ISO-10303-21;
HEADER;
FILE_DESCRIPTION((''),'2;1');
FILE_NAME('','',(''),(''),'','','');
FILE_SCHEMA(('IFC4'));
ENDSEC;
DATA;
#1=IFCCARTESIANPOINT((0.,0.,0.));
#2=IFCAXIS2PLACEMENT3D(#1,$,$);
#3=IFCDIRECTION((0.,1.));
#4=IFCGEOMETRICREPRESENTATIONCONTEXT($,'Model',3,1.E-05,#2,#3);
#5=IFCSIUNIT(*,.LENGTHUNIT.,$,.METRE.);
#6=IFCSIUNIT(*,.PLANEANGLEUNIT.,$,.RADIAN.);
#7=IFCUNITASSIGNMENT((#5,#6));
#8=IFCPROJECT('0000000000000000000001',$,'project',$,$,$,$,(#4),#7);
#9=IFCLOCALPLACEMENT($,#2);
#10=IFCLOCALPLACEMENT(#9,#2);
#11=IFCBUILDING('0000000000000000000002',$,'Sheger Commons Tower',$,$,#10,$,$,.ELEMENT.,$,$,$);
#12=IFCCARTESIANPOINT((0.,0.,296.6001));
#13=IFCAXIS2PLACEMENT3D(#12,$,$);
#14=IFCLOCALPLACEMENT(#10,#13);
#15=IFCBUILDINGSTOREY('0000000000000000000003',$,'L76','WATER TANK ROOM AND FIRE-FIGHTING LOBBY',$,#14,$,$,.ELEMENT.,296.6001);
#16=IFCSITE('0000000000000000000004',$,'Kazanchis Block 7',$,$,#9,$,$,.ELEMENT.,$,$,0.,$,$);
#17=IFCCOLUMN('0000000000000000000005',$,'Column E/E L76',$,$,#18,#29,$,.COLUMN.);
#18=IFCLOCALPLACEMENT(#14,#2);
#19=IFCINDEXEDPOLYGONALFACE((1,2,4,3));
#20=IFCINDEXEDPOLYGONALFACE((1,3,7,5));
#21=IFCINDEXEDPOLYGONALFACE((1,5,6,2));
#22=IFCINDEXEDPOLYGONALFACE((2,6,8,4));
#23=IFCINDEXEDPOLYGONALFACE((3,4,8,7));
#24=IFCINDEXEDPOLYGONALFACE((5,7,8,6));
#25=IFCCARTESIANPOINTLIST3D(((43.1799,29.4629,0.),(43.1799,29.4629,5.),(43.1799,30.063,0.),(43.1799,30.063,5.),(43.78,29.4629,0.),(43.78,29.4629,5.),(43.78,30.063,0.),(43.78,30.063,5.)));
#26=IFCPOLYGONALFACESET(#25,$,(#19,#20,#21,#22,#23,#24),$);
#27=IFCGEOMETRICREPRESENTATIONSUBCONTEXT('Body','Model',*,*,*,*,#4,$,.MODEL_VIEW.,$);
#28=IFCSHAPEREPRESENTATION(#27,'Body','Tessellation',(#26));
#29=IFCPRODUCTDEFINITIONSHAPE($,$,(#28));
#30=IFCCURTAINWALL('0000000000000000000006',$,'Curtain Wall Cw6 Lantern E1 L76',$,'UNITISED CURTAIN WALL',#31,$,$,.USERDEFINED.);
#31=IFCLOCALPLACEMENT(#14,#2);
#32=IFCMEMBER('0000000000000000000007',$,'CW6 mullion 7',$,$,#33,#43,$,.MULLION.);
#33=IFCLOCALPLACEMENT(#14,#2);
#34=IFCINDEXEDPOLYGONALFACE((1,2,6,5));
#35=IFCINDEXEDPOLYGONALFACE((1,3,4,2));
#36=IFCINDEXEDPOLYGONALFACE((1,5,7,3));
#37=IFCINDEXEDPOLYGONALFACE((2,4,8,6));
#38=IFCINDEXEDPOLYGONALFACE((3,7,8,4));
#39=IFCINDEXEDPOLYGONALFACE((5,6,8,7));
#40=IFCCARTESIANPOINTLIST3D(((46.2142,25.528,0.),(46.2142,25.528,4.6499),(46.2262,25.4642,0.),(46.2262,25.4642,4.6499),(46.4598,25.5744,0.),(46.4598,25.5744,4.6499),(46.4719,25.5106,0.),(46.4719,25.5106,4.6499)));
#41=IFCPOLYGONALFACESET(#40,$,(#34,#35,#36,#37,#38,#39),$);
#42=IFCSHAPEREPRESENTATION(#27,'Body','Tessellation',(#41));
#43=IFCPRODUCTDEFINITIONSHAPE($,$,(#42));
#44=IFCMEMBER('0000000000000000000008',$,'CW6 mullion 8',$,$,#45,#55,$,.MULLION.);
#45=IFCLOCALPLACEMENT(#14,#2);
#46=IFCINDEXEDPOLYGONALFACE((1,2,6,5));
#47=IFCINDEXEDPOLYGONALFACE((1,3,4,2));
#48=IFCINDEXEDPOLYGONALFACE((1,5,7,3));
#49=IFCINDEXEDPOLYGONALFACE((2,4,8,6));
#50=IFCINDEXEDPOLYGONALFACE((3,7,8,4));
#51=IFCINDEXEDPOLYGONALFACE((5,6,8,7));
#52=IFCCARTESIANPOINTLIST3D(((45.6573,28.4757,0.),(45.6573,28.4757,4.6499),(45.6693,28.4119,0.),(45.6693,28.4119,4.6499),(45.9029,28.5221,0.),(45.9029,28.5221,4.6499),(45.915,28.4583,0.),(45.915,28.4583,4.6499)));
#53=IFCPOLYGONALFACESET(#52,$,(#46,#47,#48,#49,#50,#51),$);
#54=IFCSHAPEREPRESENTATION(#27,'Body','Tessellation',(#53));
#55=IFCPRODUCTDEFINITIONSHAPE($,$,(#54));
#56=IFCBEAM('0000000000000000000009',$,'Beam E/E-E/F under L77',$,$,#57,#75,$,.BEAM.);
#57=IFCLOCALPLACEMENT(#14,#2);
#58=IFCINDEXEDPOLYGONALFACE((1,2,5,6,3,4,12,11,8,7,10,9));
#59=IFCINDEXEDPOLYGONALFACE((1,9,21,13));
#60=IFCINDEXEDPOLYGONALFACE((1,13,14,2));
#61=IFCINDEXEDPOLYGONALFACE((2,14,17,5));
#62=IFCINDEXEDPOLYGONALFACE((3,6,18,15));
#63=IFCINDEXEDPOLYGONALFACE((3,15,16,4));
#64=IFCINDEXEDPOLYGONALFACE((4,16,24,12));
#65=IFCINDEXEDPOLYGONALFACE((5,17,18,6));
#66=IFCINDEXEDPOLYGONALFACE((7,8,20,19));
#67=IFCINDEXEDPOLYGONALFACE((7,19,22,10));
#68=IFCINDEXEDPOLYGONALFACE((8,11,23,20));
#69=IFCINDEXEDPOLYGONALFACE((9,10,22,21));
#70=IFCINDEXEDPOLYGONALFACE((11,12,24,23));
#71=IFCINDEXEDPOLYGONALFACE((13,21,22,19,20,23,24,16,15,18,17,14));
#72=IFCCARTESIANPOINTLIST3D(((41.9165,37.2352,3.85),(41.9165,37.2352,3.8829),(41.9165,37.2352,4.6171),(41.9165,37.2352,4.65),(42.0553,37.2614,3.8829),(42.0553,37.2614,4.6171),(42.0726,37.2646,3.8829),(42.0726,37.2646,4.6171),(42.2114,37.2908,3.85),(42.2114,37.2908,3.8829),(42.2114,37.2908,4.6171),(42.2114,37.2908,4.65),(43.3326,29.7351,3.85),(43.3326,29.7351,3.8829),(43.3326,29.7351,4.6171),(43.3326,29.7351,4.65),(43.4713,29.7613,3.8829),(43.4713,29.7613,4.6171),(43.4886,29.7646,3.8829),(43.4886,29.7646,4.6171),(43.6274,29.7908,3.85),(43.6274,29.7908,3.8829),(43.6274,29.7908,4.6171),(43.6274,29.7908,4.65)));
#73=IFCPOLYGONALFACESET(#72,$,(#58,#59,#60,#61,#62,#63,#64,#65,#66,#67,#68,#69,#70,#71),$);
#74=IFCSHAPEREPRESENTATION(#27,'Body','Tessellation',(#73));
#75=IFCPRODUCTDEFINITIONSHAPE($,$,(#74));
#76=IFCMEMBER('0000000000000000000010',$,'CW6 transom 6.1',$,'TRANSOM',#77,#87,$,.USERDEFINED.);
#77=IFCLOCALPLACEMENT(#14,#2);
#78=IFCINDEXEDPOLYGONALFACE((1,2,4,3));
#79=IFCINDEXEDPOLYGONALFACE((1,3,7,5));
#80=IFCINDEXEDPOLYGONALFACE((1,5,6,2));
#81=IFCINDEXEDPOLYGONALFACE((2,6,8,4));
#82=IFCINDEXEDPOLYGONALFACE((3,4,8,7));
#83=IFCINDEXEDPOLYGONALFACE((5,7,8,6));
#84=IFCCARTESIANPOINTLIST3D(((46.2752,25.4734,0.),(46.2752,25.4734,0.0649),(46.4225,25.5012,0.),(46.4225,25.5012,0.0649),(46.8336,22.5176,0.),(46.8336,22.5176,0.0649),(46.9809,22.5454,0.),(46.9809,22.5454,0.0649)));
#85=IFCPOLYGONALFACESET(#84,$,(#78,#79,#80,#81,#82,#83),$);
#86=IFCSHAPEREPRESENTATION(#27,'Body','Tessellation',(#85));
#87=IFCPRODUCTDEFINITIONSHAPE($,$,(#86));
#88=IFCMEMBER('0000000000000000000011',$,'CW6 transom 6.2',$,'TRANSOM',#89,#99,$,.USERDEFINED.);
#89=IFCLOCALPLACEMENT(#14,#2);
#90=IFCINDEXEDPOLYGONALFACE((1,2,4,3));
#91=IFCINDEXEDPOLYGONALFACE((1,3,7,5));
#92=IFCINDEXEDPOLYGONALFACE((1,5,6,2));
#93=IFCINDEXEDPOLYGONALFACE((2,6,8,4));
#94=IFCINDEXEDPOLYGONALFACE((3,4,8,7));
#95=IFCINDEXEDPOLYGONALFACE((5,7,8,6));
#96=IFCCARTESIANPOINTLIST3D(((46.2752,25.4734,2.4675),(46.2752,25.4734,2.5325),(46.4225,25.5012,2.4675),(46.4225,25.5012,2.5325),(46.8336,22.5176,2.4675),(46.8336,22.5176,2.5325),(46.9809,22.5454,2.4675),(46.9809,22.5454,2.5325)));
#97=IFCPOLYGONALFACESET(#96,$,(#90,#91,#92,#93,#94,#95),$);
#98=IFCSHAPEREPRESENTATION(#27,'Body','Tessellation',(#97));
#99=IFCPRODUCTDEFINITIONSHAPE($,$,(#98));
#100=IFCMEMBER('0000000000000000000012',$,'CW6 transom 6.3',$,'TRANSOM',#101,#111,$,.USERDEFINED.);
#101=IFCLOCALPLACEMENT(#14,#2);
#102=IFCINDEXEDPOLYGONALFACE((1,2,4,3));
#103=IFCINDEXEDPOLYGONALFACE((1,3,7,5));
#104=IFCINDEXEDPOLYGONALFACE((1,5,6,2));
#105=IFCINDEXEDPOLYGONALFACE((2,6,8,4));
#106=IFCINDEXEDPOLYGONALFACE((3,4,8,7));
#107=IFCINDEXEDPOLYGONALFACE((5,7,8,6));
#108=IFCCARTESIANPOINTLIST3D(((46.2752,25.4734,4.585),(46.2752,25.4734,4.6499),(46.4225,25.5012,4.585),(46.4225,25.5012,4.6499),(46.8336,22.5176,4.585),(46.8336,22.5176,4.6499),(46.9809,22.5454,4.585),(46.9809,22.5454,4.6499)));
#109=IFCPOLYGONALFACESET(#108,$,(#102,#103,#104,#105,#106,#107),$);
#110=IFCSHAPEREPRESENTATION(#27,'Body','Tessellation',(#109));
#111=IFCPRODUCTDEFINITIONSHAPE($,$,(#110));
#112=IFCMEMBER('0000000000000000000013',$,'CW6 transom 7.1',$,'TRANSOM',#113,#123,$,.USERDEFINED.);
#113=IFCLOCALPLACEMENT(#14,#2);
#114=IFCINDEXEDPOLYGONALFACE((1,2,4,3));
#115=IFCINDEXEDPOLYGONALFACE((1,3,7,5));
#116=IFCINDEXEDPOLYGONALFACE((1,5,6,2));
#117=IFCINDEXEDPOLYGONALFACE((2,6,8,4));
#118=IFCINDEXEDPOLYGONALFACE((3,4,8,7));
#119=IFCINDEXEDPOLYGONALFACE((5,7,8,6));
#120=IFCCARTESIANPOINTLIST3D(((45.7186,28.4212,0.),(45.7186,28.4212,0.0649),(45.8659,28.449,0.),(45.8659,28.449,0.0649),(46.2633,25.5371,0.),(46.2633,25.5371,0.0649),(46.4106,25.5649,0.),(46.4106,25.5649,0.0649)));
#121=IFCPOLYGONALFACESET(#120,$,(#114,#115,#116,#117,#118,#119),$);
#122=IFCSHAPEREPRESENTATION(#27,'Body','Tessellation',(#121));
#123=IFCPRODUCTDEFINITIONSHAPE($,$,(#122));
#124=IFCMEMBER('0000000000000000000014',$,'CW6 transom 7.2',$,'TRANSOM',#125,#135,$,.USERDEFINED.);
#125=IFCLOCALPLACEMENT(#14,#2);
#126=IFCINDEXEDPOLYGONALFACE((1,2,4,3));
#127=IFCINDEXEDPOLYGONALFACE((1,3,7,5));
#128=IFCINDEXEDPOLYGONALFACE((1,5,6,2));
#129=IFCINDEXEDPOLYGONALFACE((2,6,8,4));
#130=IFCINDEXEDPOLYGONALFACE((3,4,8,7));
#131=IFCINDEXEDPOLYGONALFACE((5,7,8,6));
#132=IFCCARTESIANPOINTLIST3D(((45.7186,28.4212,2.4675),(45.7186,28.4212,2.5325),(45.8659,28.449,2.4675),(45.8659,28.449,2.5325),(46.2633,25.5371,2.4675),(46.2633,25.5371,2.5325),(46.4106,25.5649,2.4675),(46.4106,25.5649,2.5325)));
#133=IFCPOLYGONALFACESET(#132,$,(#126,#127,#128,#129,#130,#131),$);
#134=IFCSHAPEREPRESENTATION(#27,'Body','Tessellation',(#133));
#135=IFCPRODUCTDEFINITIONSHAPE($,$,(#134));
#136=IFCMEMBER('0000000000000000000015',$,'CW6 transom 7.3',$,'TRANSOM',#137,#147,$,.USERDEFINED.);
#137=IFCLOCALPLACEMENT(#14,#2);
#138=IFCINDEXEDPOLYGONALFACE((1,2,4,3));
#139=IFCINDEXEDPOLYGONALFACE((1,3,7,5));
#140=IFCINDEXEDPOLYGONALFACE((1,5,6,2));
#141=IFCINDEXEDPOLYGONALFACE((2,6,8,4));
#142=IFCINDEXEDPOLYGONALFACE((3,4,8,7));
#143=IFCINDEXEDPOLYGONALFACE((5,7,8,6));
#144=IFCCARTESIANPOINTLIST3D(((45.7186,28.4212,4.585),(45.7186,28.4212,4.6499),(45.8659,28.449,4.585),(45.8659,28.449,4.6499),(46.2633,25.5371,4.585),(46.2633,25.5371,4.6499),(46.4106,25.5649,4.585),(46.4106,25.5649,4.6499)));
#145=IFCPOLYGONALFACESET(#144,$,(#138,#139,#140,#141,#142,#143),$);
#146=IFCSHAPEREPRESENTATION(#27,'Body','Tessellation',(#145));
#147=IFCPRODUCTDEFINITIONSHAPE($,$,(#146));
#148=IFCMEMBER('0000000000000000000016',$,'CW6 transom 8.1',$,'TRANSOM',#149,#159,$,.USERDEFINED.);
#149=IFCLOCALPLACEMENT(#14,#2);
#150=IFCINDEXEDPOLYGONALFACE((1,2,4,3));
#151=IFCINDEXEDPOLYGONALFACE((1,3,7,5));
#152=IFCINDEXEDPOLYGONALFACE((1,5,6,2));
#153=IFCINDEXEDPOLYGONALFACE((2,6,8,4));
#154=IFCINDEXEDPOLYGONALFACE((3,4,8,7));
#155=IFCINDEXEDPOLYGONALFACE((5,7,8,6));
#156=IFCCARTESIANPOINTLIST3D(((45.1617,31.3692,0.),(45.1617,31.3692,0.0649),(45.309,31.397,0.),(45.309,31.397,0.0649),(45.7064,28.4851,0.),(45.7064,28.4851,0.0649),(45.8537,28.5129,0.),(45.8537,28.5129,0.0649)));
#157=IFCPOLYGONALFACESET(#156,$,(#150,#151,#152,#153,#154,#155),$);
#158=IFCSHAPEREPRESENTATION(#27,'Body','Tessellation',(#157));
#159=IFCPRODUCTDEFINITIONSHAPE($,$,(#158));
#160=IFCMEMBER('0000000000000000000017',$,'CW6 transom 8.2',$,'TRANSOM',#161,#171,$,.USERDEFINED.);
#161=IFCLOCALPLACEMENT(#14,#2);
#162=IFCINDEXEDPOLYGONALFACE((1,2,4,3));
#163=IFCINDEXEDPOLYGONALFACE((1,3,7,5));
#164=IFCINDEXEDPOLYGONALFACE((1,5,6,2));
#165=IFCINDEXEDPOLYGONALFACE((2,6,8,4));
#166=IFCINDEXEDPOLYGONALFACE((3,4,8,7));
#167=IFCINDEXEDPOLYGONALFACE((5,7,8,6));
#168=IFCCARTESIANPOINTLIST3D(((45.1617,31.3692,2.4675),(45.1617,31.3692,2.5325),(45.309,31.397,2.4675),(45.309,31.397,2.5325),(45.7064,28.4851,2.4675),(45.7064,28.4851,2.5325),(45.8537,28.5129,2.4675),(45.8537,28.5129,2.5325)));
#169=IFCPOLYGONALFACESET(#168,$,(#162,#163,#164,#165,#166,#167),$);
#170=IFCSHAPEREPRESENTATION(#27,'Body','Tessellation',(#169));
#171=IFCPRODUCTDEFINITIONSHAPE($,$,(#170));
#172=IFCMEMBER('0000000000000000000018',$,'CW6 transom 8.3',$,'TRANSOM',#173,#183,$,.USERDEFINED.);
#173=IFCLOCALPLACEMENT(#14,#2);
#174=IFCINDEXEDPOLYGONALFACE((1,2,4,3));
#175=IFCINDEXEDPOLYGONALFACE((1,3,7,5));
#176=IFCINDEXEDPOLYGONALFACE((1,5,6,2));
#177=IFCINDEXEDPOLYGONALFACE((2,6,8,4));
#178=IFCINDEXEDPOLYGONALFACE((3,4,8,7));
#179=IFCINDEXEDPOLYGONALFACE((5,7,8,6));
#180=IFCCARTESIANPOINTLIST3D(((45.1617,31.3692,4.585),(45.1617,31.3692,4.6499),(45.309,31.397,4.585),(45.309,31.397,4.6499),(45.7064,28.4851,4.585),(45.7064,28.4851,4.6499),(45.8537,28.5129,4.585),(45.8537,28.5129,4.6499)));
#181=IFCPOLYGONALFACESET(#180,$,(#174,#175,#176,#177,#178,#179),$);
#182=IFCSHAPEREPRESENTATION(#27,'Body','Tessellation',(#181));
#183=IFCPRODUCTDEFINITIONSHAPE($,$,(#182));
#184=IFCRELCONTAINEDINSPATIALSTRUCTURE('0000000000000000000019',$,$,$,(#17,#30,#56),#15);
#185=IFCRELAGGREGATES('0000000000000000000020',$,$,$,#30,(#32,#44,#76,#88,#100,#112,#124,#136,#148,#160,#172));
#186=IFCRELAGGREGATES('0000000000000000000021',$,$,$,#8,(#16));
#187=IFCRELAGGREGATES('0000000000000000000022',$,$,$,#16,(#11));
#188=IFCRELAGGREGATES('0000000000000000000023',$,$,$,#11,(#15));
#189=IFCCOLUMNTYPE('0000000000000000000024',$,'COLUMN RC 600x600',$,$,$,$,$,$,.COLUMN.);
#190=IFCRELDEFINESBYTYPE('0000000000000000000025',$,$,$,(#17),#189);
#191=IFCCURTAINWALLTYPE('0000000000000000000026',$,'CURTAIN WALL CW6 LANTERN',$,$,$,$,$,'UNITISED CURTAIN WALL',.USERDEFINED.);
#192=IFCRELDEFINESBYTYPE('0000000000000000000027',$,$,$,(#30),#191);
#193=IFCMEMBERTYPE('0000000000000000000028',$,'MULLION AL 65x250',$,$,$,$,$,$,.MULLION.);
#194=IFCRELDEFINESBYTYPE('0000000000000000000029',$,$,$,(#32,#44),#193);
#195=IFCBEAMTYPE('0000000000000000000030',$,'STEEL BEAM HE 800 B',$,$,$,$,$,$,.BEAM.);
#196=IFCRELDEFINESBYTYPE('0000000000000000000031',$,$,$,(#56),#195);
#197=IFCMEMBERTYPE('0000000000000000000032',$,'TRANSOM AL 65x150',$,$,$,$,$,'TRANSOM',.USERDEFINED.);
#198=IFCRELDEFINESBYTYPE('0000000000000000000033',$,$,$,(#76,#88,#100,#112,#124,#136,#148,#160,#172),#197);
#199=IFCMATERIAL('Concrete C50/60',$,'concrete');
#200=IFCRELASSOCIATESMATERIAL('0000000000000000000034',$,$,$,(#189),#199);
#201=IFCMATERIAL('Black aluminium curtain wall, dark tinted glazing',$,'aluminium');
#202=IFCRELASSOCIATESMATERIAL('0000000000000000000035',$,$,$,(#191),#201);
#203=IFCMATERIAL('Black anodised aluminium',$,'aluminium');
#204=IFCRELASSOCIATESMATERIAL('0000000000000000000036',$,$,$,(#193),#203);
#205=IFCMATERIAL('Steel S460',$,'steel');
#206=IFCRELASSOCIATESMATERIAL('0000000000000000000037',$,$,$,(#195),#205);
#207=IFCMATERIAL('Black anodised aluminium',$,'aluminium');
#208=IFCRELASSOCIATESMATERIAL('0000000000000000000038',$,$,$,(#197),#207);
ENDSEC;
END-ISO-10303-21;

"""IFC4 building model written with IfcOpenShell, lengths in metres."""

from ifc_helpers import new_model, si_unit, direction, frame, origin, origin_2d, place, context, subcontext, project, spatial, rectangle, i_section, extrude, material, material_profile, profile_set, type_object, element, aggregate, save


model = new_model("IFC4")

# Units and contexts
model_context = context("Model", 3, precision=1e-05, world=origin(), true_north=direction((0.0, 1.0)))
body_context = subcontext(model_context, "Body", "Model", "MODEL_VIEW")
ifc_project = project(units=[si_unit("LENGTHUNIT", "METRE"), si_unit("PLANEANGLEUNIT", "RADIAN")], contexts=[model_context])

# Site, building, storey
site_placement = place(None, origin())
site = spatial("IfcSite", under=ifc_project, at=site_placement, Name="Kazanchis Block 7", CompositionType="ELEMENT", RefElevation=0.0)
building_placement = place(site_placement, origin())
building = spatial("IfcBuilding", under=site, at=building_placement, Name="Sheger Commons Tower", CompositionType="ELEMENT")
storey_placement = place(building_placement, frame((0.0, 0.0, 296.6001)))
storey = spatial("IfcBuildingStorey", under=building, at=storey_placement, Name="L76", Description="WATER TANK ROOM AND FIRE-FIGHTING LOBBY", CompositionType="ELEMENT", Elevation=296.6001)

# Column
ifc_material_1 = material(Name="Concrete C50/60", Category="concrete")
ifc_material_profile_1 = material_profile(ifc_material_1, rectangle(XDim=0.6001, YDim=0.6001, at=origin_2d()), Name="RC 600x600")
ifc_profile_set_1 = profile_set([ifc_material_profile_1], Name="Concrete C50/60")
column_type = type_object("IfcColumnType", Name="COLUMN RC 600x600", PredefinedType="COLUMN", material=ifc_profile_set_1)
column_placement = place(storey_placement, frame((43.48, 29.7629, 0.0), z_axis=(0.0, 0.0, 1.0), x_axis=(1.0, 0.0, 0.0)))
element("IfcColumn", 1, at=column_placement, inside=storey, type_object=column_type, Name="Column E/E L76", PredefinedType="COLUMN", context=body_context, shape_type="SweptSolid", body=[
    extrude(rectangle(XDim=0.6001, YDim=0.6001, at=origin_2d()), origin(), (0.0, 0.0, 1.0), 5.0),
])

# Curtain wall, members
ifc_material_2 = material(Name="Black aluminium curtain wall, dark tinted glazing", Category="aluminium")
curtain_wall_type = type_object("IfcCurtainWallType", Name="CURTAIN WALL CW6 LANTERN", ElementType="UNITISED CURTAIN WALL", PredefinedType="USERDEFINED", material=ifc_material_2)
curtain_wall_placement = place(storey_placement, origin())
curtain_wall = element("IfcCurtainWall", 2, at=curtain_wall_placement, inside=storey, type_object=curtain_wall_type, Name="Curtain Wall Cw6 Lantern E1 L76", ObjectType="UNITISED CURTAIN WALL", PredefinedType="USERDEFINED")
ifc_material_3 = material(Name="Black anodised aluminium", Category="aluminium")
ifc_material_profile_2 = material_profile(ifc_material_3, rectangle(XDim=0.25, YDim=0.0649, at=origin_2d()), Name="AL 65x250")
ifc_profile_set_2 = profile_set([ifc_material_profile_2], Name="Black anodised aluminium")
member_type_1 = type_object("IfcMemberType", Name="MULLION AL 65x250", PredefinedType="MULLION", material=ifc_profile_set_2)
member_1_placement = place(storey_placement, frame((46.343, 25.5193, 0.0), z_axis=(0.0, 0.0, 1.0), x_axis=(-0.982623, -0.185613, 0.0)))
member_1 = element("IfcMember", 3, at=member_1_placement, type_object=member_type_1, Name="CW6 mullion 7", PredefinedType="MULLION", context=body_context, shape_type="SweptSolid", body=[
    extrude(rectangle(XDim=0.25, YDim=0.0649, at=origin_2d()), origin(), (0.0, 0.0, 1.0), 4.6499),
])
member_2_placement = place(storey_placement, frame((45.7861, 28.467, 0.0), z_axis=(0.0, 0.0, 1.0), x_axis=(-0.982623, -0.185613, 0.0)))
member_2 = element("IfcMember", 4, at=member_2_placement, type_object=member_type_1, Name="CW6 mullion 8", PredefinedType="MULLION", context=body_context, shape_type="SweptSolid", body=[
    extrude(rectangle(XDim=0.25, YDim=0.0649, at=origin_2d()), origin(), (0.0, 0.0, 1.0), 4.6499),
])

# Beam
ifc_material_4 = material(Name="Steel S460", Category="steel")
ifc_material_profile_3 = material_profile(ifc_material_4, i_section(OverallWidth=0.3, OverallDepth=0.8, WebThickness=0.0176, FlangeThickness=0.033, at=origin_2d()), Name="HE 800 B")
ifc_profile_set_3 = profile_set([ifc_material_profile_3], Name="Steel S460")
beam_type = type_object("IfcBeamType", Name="STEEL BEAM HE 800 B", PredefinedType="BEAM", material=ifc_profile_set_3)
beam_placement = place(storey_placement, frame((43.48, 29.7629, 4.25), z_axis=(-0.185524, 0.98264, 0.0), x_axis=(-0.98264, -0.185524, 0.0)))
element("IfcBeam", 5, at=beam_placement, inside=storey, type_object=beam_type, Name="Beam E/E-E/F under L77", PredefinedType="BEAM", context=body_context, shape_type="SweptSolid", body=[
    extrude(i_section(OverallWidth=0.3, OverallDepth=0.8, WebThickness=0.0176, FlangeThickness=0.033, at=origin_2d()), origin(), (0.0, 0.0, 1.0), 7.6326),
])

# Members
ifc_material_5 = material(Name="Black anodised aluminium", Category="aluminium")
ifc_material_profile_4 = material_profile(ifc_material_5, rectangle(XDim=0.1499, YDim=0.0649, at=origin_2d()), Name="AL 65x150")
ifc_profile_set_4 = profile_set([ifc_material_profile_4], Name="Black anodised aluminium")
member_type_2 = type_object("IfcMemberType", Name="TRANSOM AL 65x150", ElementType="TRANSOM", PredefinedType="USERDEFINED", material=ifc_profile_set_4)
member_3_placement = place(storey_placement, frame((46.9072, 22.5315, 0.0325), z_axis=(-0.185616, 0.982622, 0.0), x_axis=(-0.982622, -0.185616, 0.0)))
member_3 = element("IfcMember", 6, at=member_3_placement, type_object=member_type_2, Name="CW6 transom 6.1", ObjectType="TRANSOM", PredefinedType="USERDEFINED", context=body_context, shape_type="SweptSolid", body=[
    extrude(rectangle(XDim=0.1499, YDim=0.0649, at=origin_2d()), origin(), (0.0, 0.0, 1.0), 3.0081),
])
member_4_placement = place(storey_placement, frame((46.9072, 22.5315, 2.5), z_axis=(-0.185616, 0.982622, 0.0), x_axis=(-0.982622, -0.185616, 0.0)))
member_4 = element("IfcMember", 7, at=member_4_placement, type_object=member_type_2, Name="CW6 transom 6.2", ObjectType="TRANSOM", PredefinedType="USERDEFINED", context=body_context, shape_type="SweptSolid", body=[
    extrude(rectangle(XDim=0.1499, YDim=0.0649, at=origin_2d()), origin(), (0.0, 0.0, 1.0), 3.0081),
])
member_5_placement = place(storey_placement, frame((46.9072, 22.5315, 4.6174), z_axis=(-0.185616, 0.982622, 0.0), x_axis=(-0.982622, -0.185616, 0.0)))
member_5 = element("IfcMember", 8, at=member_5_placement, type_object=member_type_2, Name="CW6 transom 6.3", ObjectType="TRANSOM", PredefinedType="USERDEFINED", context=body_context, shape_type="SweptSolid", body=[
    extrude(rectangle(XDim=0.1499, YDim=0.0649, at=origin_2d()), origin(), (0.0, 0.0, 1.0), 3.0081),
])
member_6_placement = place(storey_placement, frame((46.3369, 25.551, 0.0325), z_axis=(-0.185579, 0.982629, 0.0), x_axis=(-0.982629, -0.185579, 0.0)))
member_6 = element("IfcMember", 9, at=member_6_placement, type_object=member_type_2, Name="CW6 transom 7.1", ObjectType="TRANSOM", PredefinedType="USERDEFINED", context=body_context, shape_type="SweptSolid", body=[
    extrude(rectangle(XDim=0.1499, YDim=0.0649, at=origin_2d()), origin(), (0.0, 0.0, 1.0), 2.9351),
])
member_7_placement = place(storey_placement, frame((46.3369, 25.551, 2.5), z_axis=(-0.185579, 0.982629, 0.0), x_axis=(-0.982629, -0.185579, 0.0)))
member_7 = element("IfcMember", 10, at=member_7_placement, type_object=member_type_2, Name="CW6 transom 7.2", ObjectType="TRANSOM", PredefinedType="USERDEFINED", context=body_context, shape_type="SweptSolid", body=[
    extrude(rectangle(XDim=0.1499, YDim=0.0649, at=origin_2d()), origin(), (0.0, 0.0, 1.0), 2.9351),
])
member_8_placement = place(storey_placement, frame((46.3369, 25.551, 4.6174), z_axis=(-0.185579, 0.982629, 0.0), x_axis=(-0.982629, -0.185579, 0.0)))
member_8 = element("IfcMember", 11, at=member_8_placement, type_object=member_type_2, Name="CW6 transom 7.3", ObjectType="TRANSOM", PredefinedType="USERDEFINED", context=body_context, shape_type="SweptSolid", body=[
    extrude(rectangle(XDim=0.1499, YDim=0.0649, at=origin_2d()), origin(), (0.0, 0.0, 1.0), 2.9351),
])
member_9_placement = place(storey_placement, frame((45.78, 28.499, 0.0325), z_axis=(-0.185579, 0.982629, 0.0), x_axis=(-0.982629, -0.185579, 0.0)))
member_9 = element("IfcMember", 12, at=member_9_placement, type_object=member_type_2, Name="CW6 transom 8.1", ObjectType="TRANSOM", PredefinedType="USERDEFINED", context=body_context, shape_type="SweptSolid", body=[
    extrude(rectangle(XDim=0.1499, YDim=0.0649, at=origin_2d()), origin(), (0.0, 0.0, 1.0), 2.9351),
])
member_10_placement = place(storey_placement, frame((45.78, 28.499, 2.5), z_axis=(-0.185579, 0.982629, 0.0), x_axis=(-0.982629, -0.185579, 0.0)))
member_10 = element("IfcMember", 13, at=member_10_placement, type_object=member_type_2, Name="CW6 transom 8.2", ObjectType="TRANSOM", PredefinedType="USERDEFINED", context=body_context, shape_type="SweptSolid", body=[
    extrude(rectangle(XDim=0.1499, YDim=0.0649, at=origin_2d()), origin(), (0.0, 0.0, 1.0), 2.9351),
])
member_11_placement = place(storey_placement, frame((45.78, 28.499, 4.6174), z_axis=(-0.185579, 0.982629, 0.0), x_axis=(-0.982629, -0.185579, 0.0)))
member_11 = element("IfcMember", 14, at=member_11_placement, type_object=member_type_2, Name="CW6 transom 8.3", ObjectType="TRANSOM", PredefinedType="USERDEFINED", context=body_context, shape_type="SweptSolid", body=[
    extrude(rectangle(XDim=0.1499, YDim=0.0649, at=origin_2d()), origin(), (0.0, 0.0, 1.0), 2.9351),
])

aggregate(curtain_wall, [member_1, member_2, member_3, member_4, member_5, member_6, member_7, member_8, member_9, member_10, member_11])

save(model, "model.ifc")
